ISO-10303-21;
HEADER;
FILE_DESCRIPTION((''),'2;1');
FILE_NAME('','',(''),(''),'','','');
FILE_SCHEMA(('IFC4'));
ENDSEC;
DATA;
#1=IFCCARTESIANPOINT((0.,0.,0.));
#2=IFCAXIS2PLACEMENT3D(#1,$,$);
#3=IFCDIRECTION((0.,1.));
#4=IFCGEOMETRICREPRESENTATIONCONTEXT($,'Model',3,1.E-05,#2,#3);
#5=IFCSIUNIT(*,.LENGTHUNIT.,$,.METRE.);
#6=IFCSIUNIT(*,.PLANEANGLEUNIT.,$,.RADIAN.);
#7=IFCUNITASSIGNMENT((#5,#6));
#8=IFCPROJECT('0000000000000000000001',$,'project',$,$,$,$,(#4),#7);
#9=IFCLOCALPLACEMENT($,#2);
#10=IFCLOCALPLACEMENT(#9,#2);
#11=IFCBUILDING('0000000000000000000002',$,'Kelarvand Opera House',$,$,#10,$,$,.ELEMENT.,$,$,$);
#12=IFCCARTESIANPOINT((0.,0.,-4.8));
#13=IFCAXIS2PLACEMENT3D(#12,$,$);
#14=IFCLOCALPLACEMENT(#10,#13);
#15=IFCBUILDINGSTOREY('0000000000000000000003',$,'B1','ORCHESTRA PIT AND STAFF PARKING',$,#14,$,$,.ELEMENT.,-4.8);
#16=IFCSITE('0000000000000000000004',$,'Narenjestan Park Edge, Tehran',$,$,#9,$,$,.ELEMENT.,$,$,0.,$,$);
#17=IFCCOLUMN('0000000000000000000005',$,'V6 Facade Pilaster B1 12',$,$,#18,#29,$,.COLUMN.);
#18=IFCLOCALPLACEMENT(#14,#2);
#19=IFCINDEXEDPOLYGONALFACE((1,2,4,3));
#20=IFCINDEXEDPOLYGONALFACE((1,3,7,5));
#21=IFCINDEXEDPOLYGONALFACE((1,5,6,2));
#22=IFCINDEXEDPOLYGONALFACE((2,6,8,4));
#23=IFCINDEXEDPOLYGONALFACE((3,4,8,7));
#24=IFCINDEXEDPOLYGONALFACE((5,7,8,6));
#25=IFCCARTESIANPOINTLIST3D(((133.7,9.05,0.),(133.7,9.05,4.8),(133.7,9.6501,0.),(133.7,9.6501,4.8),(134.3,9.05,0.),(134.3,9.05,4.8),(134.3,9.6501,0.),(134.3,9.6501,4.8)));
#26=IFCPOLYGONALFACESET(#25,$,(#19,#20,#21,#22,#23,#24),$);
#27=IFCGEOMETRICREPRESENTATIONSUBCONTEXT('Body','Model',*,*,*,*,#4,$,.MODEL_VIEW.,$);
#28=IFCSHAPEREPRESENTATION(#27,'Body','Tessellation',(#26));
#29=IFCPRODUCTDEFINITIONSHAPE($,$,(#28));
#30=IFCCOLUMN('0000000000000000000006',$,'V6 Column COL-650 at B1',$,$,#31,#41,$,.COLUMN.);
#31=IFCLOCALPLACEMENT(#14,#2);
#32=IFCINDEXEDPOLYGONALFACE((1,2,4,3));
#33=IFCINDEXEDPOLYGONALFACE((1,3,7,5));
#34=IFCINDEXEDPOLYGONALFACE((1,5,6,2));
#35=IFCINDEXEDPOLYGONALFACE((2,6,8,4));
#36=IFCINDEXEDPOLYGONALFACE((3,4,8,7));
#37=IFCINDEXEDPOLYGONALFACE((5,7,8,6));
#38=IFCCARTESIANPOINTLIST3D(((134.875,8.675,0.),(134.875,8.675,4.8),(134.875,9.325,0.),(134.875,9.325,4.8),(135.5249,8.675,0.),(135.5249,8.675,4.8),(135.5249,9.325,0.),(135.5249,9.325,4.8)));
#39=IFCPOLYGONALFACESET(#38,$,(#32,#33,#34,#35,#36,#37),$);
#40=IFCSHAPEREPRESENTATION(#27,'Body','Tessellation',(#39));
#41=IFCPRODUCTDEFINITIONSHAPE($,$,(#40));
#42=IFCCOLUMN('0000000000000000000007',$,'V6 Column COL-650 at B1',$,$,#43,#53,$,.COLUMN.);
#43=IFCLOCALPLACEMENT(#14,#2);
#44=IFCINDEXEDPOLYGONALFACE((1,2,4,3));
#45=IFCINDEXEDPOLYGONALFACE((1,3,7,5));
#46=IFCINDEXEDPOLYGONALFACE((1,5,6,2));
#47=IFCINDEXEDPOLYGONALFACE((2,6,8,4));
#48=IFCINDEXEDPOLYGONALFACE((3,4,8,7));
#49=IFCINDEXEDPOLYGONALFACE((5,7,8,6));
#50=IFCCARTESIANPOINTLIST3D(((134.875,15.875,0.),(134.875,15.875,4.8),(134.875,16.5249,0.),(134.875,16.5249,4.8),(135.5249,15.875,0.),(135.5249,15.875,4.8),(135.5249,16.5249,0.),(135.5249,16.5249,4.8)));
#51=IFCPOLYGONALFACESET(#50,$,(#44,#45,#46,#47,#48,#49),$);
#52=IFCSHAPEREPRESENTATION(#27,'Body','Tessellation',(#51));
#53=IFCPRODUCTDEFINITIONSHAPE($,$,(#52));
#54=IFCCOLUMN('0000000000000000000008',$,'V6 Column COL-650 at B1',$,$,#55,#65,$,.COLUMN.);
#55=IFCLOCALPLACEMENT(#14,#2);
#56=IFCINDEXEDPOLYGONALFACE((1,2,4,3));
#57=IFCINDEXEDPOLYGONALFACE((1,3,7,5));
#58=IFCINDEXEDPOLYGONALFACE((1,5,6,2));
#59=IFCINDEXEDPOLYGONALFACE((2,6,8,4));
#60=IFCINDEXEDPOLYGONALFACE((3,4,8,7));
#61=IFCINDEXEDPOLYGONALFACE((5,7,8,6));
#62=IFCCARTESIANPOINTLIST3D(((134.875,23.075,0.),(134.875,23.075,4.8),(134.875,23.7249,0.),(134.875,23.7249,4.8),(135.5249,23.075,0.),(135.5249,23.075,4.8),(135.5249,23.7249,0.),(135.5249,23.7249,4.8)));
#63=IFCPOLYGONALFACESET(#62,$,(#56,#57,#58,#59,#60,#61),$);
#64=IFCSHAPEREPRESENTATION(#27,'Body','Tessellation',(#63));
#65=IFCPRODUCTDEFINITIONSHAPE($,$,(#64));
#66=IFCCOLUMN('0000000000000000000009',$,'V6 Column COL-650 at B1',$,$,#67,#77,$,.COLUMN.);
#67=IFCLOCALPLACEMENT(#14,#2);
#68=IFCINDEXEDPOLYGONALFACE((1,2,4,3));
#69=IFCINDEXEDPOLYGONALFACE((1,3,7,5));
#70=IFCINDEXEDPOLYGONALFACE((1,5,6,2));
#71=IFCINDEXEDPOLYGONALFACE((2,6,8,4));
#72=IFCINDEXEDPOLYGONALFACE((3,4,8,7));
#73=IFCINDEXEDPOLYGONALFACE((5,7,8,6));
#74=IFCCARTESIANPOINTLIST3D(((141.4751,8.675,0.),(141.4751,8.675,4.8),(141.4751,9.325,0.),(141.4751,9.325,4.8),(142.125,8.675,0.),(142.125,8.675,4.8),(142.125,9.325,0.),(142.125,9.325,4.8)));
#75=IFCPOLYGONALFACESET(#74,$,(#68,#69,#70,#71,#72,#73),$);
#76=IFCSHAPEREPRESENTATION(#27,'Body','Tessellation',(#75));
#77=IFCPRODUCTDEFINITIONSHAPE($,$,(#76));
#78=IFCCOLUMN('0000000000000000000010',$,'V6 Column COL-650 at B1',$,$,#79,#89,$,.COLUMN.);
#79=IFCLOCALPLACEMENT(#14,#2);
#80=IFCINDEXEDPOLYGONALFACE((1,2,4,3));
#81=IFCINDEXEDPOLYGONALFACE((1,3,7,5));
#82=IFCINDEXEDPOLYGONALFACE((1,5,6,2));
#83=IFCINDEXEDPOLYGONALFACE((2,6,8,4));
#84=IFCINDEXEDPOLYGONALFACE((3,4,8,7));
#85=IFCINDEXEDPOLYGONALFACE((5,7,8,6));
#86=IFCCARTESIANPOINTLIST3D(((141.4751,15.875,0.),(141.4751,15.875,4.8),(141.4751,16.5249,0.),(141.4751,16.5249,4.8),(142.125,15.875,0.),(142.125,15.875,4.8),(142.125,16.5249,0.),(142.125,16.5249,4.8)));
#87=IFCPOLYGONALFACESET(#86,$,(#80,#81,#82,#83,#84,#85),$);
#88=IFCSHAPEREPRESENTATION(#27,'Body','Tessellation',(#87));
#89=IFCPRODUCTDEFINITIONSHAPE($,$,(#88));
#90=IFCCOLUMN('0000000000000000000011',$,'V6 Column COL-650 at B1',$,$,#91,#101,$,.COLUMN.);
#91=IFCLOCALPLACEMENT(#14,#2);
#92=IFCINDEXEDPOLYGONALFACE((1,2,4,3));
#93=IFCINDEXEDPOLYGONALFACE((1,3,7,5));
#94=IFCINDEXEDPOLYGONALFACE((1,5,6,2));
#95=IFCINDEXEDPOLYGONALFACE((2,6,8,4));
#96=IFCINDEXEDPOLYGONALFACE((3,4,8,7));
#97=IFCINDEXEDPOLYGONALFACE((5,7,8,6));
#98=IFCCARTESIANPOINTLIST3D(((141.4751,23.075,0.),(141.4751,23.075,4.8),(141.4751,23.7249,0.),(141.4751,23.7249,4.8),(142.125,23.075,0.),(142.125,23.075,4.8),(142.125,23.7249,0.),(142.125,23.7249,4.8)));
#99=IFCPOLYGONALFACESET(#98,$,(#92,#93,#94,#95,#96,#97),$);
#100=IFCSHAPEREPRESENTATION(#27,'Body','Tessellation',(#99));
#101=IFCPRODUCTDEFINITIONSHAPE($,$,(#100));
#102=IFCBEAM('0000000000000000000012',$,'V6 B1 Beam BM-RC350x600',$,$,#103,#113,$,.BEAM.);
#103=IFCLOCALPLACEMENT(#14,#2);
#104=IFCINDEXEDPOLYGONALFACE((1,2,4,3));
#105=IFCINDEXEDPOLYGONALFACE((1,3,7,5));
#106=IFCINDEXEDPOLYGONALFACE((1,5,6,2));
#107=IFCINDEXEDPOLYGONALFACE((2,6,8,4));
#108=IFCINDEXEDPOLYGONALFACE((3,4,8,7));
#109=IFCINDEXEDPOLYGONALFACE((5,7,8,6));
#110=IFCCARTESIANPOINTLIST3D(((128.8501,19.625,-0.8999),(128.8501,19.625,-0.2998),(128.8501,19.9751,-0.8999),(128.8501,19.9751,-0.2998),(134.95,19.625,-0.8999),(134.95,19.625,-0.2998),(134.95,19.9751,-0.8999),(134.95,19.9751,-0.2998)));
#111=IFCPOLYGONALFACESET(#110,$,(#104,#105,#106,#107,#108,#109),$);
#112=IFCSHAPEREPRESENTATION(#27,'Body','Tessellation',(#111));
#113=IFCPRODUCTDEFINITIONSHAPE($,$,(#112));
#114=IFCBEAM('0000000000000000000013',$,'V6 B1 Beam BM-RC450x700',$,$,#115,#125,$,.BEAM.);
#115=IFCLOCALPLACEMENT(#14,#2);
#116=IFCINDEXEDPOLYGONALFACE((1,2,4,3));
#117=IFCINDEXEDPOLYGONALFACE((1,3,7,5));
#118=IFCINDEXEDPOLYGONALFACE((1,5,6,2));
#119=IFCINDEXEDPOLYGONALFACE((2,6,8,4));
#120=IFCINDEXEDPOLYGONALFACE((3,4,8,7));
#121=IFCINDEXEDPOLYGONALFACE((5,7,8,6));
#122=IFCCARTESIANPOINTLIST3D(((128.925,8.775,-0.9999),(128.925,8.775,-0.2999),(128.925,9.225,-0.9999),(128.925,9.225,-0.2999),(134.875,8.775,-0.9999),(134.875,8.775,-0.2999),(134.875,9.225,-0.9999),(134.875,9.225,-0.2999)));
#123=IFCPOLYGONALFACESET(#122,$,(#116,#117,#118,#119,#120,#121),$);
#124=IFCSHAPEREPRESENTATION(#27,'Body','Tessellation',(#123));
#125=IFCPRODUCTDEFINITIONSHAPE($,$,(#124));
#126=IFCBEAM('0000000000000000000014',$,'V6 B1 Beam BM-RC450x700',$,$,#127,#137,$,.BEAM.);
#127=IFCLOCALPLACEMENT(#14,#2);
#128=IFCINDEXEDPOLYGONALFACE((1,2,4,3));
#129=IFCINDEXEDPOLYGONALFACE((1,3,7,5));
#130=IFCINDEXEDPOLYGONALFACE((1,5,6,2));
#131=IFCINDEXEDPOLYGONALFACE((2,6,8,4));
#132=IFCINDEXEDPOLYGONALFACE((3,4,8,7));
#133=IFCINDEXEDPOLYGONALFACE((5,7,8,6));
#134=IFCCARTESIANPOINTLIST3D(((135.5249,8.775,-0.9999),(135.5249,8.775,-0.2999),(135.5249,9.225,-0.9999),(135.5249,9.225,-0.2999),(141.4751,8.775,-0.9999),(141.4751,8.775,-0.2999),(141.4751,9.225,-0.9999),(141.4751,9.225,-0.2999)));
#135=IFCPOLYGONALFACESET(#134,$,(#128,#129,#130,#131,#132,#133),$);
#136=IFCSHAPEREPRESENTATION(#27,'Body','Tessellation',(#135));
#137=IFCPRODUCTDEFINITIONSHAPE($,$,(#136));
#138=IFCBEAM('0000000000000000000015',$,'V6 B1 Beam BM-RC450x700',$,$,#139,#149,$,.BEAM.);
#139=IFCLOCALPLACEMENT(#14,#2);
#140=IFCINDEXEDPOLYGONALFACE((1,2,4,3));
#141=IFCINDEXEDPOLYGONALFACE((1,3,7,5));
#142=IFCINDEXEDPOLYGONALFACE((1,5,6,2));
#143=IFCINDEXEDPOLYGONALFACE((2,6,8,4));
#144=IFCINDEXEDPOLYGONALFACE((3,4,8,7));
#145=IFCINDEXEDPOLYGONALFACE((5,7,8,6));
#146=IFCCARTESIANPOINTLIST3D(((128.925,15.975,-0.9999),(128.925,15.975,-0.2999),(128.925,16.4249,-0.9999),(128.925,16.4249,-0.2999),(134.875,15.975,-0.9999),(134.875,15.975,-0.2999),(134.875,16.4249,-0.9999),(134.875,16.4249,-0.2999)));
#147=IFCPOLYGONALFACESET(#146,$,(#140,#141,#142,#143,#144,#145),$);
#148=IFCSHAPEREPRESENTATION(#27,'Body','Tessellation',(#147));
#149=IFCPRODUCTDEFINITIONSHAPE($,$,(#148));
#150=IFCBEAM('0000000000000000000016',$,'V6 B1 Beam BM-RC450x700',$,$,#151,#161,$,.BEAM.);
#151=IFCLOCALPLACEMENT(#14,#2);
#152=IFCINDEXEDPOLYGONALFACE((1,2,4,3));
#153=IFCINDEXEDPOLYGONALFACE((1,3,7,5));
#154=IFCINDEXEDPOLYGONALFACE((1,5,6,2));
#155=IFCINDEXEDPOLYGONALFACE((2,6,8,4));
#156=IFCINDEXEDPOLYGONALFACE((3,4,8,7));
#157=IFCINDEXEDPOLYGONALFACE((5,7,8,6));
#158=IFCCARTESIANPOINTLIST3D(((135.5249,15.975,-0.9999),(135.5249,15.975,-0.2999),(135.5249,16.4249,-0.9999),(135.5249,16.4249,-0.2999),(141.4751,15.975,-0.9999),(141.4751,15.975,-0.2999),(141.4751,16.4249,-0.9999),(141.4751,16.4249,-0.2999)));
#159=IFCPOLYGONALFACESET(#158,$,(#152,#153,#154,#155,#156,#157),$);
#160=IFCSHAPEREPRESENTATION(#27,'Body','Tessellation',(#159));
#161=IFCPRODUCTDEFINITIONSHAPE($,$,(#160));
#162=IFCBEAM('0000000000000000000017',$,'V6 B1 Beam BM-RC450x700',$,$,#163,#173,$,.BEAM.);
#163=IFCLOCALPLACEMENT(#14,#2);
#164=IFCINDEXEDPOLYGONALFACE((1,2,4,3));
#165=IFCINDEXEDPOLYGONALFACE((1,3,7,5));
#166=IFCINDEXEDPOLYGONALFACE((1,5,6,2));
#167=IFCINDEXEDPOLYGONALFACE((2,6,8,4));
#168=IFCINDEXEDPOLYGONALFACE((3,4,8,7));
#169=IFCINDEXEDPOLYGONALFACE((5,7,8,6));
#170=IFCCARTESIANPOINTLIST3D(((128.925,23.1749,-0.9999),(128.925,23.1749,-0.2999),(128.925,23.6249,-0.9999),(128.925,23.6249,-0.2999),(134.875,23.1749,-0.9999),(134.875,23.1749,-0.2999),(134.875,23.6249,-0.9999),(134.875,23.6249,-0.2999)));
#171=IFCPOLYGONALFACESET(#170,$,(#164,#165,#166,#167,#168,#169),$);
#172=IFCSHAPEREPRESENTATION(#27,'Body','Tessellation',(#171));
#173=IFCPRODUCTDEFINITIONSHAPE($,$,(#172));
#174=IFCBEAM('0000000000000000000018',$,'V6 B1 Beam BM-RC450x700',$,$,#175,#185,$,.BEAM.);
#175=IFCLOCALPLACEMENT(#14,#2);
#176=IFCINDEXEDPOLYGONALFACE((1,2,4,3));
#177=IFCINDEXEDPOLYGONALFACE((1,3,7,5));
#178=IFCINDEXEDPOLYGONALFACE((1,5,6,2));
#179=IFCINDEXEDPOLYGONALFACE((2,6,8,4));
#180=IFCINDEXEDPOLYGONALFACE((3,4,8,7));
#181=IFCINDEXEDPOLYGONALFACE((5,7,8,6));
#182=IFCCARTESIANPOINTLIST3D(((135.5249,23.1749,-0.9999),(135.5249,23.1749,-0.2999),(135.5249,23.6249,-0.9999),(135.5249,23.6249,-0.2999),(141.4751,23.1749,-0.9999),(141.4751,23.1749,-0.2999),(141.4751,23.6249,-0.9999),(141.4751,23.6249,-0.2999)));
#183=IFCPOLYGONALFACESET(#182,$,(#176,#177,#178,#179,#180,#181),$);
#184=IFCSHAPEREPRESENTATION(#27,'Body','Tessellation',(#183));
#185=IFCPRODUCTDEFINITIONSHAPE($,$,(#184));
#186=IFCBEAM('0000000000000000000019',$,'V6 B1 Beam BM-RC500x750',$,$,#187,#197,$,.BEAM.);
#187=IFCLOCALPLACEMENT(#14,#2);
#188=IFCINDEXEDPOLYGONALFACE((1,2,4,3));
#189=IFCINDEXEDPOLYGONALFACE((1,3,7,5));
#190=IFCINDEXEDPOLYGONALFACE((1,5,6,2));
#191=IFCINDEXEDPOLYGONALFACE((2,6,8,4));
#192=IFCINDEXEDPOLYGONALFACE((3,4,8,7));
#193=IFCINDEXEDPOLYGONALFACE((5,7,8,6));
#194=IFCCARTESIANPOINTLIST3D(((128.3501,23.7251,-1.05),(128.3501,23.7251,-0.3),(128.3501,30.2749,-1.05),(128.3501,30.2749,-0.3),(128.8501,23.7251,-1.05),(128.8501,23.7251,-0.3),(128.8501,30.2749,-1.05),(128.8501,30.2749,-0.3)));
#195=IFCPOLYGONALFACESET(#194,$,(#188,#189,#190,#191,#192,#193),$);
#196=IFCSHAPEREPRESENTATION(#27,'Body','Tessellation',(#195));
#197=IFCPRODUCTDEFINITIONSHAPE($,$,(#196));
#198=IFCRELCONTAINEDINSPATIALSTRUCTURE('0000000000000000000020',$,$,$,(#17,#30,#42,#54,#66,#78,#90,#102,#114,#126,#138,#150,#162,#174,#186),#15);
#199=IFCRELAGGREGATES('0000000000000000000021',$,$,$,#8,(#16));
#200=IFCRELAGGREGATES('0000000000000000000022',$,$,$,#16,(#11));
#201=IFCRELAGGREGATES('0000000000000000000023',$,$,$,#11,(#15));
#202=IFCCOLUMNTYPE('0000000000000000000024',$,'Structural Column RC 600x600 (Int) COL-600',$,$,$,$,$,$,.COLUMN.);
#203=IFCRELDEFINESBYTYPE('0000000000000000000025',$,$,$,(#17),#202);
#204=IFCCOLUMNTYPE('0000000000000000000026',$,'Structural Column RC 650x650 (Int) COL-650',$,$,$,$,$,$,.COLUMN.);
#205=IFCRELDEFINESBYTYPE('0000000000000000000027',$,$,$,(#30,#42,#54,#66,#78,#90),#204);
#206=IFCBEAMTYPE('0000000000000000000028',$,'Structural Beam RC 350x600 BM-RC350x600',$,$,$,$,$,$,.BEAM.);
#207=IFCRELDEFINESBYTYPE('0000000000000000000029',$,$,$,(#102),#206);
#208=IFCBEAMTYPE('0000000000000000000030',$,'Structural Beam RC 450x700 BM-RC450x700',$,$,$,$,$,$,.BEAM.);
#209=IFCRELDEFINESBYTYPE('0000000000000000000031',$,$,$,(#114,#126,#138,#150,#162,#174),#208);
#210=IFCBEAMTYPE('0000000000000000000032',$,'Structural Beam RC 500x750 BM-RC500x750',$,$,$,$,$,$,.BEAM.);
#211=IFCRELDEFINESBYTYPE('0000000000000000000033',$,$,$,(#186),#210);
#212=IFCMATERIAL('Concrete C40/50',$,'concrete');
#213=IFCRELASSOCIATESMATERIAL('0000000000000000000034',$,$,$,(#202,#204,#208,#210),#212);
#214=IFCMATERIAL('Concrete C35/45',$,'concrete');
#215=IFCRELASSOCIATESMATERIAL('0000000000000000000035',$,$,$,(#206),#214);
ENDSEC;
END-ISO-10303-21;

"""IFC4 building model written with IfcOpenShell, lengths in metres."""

from ifc_helpers import new_model, si_unit, direction, frame, origin, origin_2d, place, context, subcontext, project, spatial, rectangle, extrude, material, material_profile, profile_set, type_object, element, save


model = new_model("IFC4")

# Units and contexts
model_context = context("Model", 3, precision=1e-05, world=origin(), true_north=direction((0.0, 1.0)))
body_context = subcontext(model_context, "Body", "Model", "MODEL_VIEW")
ifc_project = project(units=[si_unit("LENGTHUNIT", "METRE"), si_unit("PLANEANGLEUNIT", "RADIAN")], contexts=[model_context])

# Site, building, storey
site_placement = place(None, origin())
site = spatial("IfcSite", under=ifc_project, at=site_placement, Name="Narenjestan Park Edge, Tehran", CompositionType="ELEMENT", RefElevation=0.0)
building_placement = place(site_placement, origin())
building = spatial("IfcBuilding", under=site, at=building_placement, Name="Kelarvand Opera House", CompositionType="ELEMENT")
storey_placement = place(building_placement, frame((0.0, 0.0, -4.8)))
storey = spatial("IfcBuildingStorey", under=building, at=storey_placement, Name="B1", Description="ORCHESTRA PIT AND STAFF PARKING", CompositionType="ELEMENT", Elevation=-4.8)

# Columns
ifc_material_1 = material(Name="Concrete C40/50", Category="concrete")
ifc_material_profile_1 = material_profile(ifc_material_1, rectangle(XDim=0.6001, YDim=0.6001, at=origin_2d()), Name="RC 600x600", Category="concrete")
ifc_profile_set_1 = profile_set([ifc_material_profile_1], Name="Concrete C40/50")
column_type_1 = type_object("IfcColumnType", Name="Structural Column RC 600x600 (Int) COL-600", PredefinedType="COLUMN", material=ifc_profile_set_1)
column_placement = place(storey_placement, frame((134.0, 9.3501, 0.0), z_axis=(0.0, 0.0, 1.0), x_axis=(1.0, 0.0, 0.0)))
element("IfcColumn", 1, at=column_placement, inside=storey, type_object=column_type_1, Name="V6 Facade Pilaster B1 12", PredefinedType="COLUMN", context=body_context, shape_type="SweptSolid", body=[
    extrude(rectangle(XDim=0.6001, YDim=0.6001, at=origin_2d()), origin(), (0.0, 0.0, 1.0), 4.8),
])
ifc_material_profile_2 = material_profile(ifc_material_1, rectangle(XDim=0.6499, YDim=0.6499, at=origin_2d()), Name="RC 650x650", Category="concrete")
ifc_profile_set_2 = profile_set([ifc_material_profile_2], Name="Concrete C40/50")
column_type_2 = type_object("IfcColumnType", Name="Structural Column RC 650x650 (Int) COL-650", PredefinedType="COLUMN", material=ifc_profile_set_2)
for number, where, z_axis, x_axis, name in (
    (2, (135.2, 9.0, 0.0), (0.0, 0.0, 1.0), (1.0, 0.0, 0.0), "V6 Column COL-650 at B1"),
    (3, (135.2, 16.2, 0.0), (0.0, 0.0, 1.0), (1.0, 0.0, 0.0), "V6 Column COL-650 at B1"),
    (4, (135.2, 23.3999, 0.0), (0.0, 0.0, 1.0), (1.0, 0.0, 0.0), "V6 Column COL-650 at B1"),
    (5, (141.8, 9.0, 0.0), (0.0, 0.0, 1.0), (1.0, 0.0, 0.0), "V6 Column COL-650 at B1"),
    (6, (141.8, 16.2, 0.0), (0.0, 0.0, 1.0), (1.0, 0.0, 0.0), "V6 Column COL-650 at B1"),
    (7, (141.8, 23.3999, 0.0), (0.0, 0.0, 1.0), (1.0, 0.0, 0.0), "V6 Column COL-650 at B1"),
):
    element("IfcColumn", number, at=place(storey_placement, frame(where, z_axis=z_axis, x_axis=x_axis)), inside=storey, type_object=column_type_2, Name=name, PredefinedType="COLUMN", context=body_context, shape_type="SweptSolid", body=[
        extrude(rectangle(XDim=0.6499, YDim=0.6499, at=origin_2d()), origin(), (0.0, 0.0, 1.0), 4.8),
    ])

# Beams
ifc_material_2 = material(Name="Concrete C35/45", Category="concrete")
ifc_material_profile_3 = material_profile(ifc_material_2, rectangle(XDim=0.3501, YDim=0.6001, at=origin_2d()), Name="RC 350x600", Category="concrete")
ifc_profile_set_3 = profile_set([ifc_material_profile_3], Name="Concrete C35/45")
beam_type_1 = type_object("IfcBeamType", Name="Structural Beam RC 350x600 BM-RC350x600", PredefinedType="BEAM", material=ifc_profile_set_3)
beam_1_placement = place(storey_placement, frame((128.8501, 19.8, -0.5999), z_axis=(1.0, 0.0, 0.0), x_axis=(0.0, 1.0, 0.0)))
element("IfcBeam", 8, at=beam_1_placement, inside=storey, type_object=beam_type_1, Name="V6 B1 Beam BM-RC350x600", PredefinedType="BEAM", context=body_context, shape_type="SweptSolid", body=[
    extrude(rectangle(XDim=0.3501, YDim=0.6001, at=origin_2d()), origin(), (0.0, 0.0, 1.0), 6.0999),
])
ifc_material_profile_4 = material_profile(ifc_material_1, rectangle(XDim=0.45, YDim=0.7, at=origin_2d()), Name="RC 450x700", Category="concrete")
ifc_profile_set_4 = profile_set([ifc_material_profile_4], Name="Concrete C40/50")
beam_type_2 = type_object("IfcBeamType", Name="Structural Beam RC 450x700 BM-RC450x700", PredefinedType="BEAM", material=ifc_profile_set_4)
beam_2_placement = place(storey_placement, frame((128.925, 9.0, -0.6499), z_axis=(1.0, 0.0, 0.0), x_axis=(0.0, 1.0, 0.0)))
element("IfcBeam", 9, at=beam_2_placement, inside=storey, type_object=beam_type_2, Name="V6 B1 Beam BM-RC450x700", PredefinedType="BEAM", context=body_context, shape_type="SweptSolid", body=[
    extrude(rectangle(XDim=0.45, YDim=0.7, at=origin_2d()), origin(), (0.0, 0.0, 1.0), 5.95),
])
beam_3_placement = place(storey_placement, frame((135.5249, 9.0, -0.6499), z_axis=(1.0, 0.0, 0.0), x_axis=(0.0, 1.0, 0.0)))
element("IfcBeam", 10, at=beam_3_placement, inside=storey, type_object=beam_type_2, Name="V6 B1 Beam BM-RC450x700", PredefinedType="BEAM", context=body_context, shape_type="SweptSolid", body=[
    extrude(rectangle(XDim=0.45, YDim=0.7, at=origin_2d()), origin(), (0.0, 0.0, 1.0), 5.9502),
])
beam_4_placement = place(storey_placement, frame((128.925, 16.2, -0.6499), z_axis=(1.0, 0.0, 0.0), x_axis=(0.0, 1.0, 0.0)))
element("IfcBeam", 11, at=beam_4_placement, inside=storey, type_object=beam_type_2, Name="V6 B1 Beam BM-RC450x700", PredefinedType="BEAM", context=body_context, shape_type="SweptSolid", body=[
    extrude(rectangle(XDim=0.45, YDim=0.7, at=origin_2d()), origin(), (0.0, 0.0, 1.0), 5.95),
])
beam_5_placement = place(storey_placement, frame((135.5249, 16.2, -0.6499), z_axis=(1.0, 0.0, 0.0), x_axis=(0.0, 1.0, 0.0)))
element("IfcBeam", 12, at=beam_5_placement, inside=storey, type_object=beam_type_2, Name="V6 B1 Beam BM-RC450x700", PredefinedType="BEAM", context=body_context, shape_type="SweptSolid", body=[
    extrude(rectangle(XDim=0.45, YDim=0.7, at=origin_2d()), origin(), (0.0, 0.0, 1.0), 5.9502),
])
beam_6_placement = place(storey_placement, frame((128.925, 23.3999, -0.6499), z_axis=(1.0, 0.0, 0.0), x_axis=(0.0, 1.0, 0.0)))
element("IfcBeam", 13, at=beam_6_placement, inside=storey, type_object=beam_type_2, Name="V6 B1 Beam BM-RC450x700", PredefinedType="BEAM", context=body_context, shape_type="SweptSolid", body=[
    extrude(rectangle(XDim=0.45, YDim=0.7, at=origin_2d()), origin(), (0.0, 0.0, 1.0), 5.95),
])
beam_7_placement = place(storey_placement, frame((135.5249, 23.3999, -0.6499), z_axis=(1.0, 0.0, 0.0), x_axis=(0.0, 1.0, 0.0)))
element("IfcBeam", 14, at=beam_7_placement, inside=storey, type_object=beam_type_2, Name="V6 B1 Beam BM-RC450x700", PredefinedType="BEAM", context=body_context, shape_type="SweptSolid", body=[
    extrude(rectangle(XDim=0.45, YDim=0.7, at=origin_2d()), origin(), (0.0, 0.0, 1.0), 5.9502),
])
ifc_material_profile_5 = material_profile(ifc_material_1, rectangle(XDim=0.5, YDim=0.75, at=origin_2d()), Name="RC 500x750", Category="concrete")
ifc_profile_set_5 = profile_set([ifc_material_profile_5], Name="Concrete C40/50")
beam_type_3 = type_object("IfcBeamType", Name="Structural Beam RC 500x750 BM-RC500x750", PredefinedType="BEAM", material=ifc_profile_set_5)
beam_8_placement = place(storey_placement, frame((128.6001, 23.7251, -0.675), z_axis=(0.0, 1.0, 0.0), x_axis=(-1.0, 0.0, 0.0)))
element("IfcBeam", 15, at=beam_8_placement, inside=storey, type_object=beam_type_3, Name="V6 B1 Beam BM-RC500x750", PredefinedType="BEAM", context=body_context, shape_type="SweptSolid", body=[
    extrude(rectangle(XDim=0.5, YDim=0.75, at=origin_2d()), origin(), (0.0, 0.0, 1.0), 6.5498),
])

save(model, "model.ifc")
